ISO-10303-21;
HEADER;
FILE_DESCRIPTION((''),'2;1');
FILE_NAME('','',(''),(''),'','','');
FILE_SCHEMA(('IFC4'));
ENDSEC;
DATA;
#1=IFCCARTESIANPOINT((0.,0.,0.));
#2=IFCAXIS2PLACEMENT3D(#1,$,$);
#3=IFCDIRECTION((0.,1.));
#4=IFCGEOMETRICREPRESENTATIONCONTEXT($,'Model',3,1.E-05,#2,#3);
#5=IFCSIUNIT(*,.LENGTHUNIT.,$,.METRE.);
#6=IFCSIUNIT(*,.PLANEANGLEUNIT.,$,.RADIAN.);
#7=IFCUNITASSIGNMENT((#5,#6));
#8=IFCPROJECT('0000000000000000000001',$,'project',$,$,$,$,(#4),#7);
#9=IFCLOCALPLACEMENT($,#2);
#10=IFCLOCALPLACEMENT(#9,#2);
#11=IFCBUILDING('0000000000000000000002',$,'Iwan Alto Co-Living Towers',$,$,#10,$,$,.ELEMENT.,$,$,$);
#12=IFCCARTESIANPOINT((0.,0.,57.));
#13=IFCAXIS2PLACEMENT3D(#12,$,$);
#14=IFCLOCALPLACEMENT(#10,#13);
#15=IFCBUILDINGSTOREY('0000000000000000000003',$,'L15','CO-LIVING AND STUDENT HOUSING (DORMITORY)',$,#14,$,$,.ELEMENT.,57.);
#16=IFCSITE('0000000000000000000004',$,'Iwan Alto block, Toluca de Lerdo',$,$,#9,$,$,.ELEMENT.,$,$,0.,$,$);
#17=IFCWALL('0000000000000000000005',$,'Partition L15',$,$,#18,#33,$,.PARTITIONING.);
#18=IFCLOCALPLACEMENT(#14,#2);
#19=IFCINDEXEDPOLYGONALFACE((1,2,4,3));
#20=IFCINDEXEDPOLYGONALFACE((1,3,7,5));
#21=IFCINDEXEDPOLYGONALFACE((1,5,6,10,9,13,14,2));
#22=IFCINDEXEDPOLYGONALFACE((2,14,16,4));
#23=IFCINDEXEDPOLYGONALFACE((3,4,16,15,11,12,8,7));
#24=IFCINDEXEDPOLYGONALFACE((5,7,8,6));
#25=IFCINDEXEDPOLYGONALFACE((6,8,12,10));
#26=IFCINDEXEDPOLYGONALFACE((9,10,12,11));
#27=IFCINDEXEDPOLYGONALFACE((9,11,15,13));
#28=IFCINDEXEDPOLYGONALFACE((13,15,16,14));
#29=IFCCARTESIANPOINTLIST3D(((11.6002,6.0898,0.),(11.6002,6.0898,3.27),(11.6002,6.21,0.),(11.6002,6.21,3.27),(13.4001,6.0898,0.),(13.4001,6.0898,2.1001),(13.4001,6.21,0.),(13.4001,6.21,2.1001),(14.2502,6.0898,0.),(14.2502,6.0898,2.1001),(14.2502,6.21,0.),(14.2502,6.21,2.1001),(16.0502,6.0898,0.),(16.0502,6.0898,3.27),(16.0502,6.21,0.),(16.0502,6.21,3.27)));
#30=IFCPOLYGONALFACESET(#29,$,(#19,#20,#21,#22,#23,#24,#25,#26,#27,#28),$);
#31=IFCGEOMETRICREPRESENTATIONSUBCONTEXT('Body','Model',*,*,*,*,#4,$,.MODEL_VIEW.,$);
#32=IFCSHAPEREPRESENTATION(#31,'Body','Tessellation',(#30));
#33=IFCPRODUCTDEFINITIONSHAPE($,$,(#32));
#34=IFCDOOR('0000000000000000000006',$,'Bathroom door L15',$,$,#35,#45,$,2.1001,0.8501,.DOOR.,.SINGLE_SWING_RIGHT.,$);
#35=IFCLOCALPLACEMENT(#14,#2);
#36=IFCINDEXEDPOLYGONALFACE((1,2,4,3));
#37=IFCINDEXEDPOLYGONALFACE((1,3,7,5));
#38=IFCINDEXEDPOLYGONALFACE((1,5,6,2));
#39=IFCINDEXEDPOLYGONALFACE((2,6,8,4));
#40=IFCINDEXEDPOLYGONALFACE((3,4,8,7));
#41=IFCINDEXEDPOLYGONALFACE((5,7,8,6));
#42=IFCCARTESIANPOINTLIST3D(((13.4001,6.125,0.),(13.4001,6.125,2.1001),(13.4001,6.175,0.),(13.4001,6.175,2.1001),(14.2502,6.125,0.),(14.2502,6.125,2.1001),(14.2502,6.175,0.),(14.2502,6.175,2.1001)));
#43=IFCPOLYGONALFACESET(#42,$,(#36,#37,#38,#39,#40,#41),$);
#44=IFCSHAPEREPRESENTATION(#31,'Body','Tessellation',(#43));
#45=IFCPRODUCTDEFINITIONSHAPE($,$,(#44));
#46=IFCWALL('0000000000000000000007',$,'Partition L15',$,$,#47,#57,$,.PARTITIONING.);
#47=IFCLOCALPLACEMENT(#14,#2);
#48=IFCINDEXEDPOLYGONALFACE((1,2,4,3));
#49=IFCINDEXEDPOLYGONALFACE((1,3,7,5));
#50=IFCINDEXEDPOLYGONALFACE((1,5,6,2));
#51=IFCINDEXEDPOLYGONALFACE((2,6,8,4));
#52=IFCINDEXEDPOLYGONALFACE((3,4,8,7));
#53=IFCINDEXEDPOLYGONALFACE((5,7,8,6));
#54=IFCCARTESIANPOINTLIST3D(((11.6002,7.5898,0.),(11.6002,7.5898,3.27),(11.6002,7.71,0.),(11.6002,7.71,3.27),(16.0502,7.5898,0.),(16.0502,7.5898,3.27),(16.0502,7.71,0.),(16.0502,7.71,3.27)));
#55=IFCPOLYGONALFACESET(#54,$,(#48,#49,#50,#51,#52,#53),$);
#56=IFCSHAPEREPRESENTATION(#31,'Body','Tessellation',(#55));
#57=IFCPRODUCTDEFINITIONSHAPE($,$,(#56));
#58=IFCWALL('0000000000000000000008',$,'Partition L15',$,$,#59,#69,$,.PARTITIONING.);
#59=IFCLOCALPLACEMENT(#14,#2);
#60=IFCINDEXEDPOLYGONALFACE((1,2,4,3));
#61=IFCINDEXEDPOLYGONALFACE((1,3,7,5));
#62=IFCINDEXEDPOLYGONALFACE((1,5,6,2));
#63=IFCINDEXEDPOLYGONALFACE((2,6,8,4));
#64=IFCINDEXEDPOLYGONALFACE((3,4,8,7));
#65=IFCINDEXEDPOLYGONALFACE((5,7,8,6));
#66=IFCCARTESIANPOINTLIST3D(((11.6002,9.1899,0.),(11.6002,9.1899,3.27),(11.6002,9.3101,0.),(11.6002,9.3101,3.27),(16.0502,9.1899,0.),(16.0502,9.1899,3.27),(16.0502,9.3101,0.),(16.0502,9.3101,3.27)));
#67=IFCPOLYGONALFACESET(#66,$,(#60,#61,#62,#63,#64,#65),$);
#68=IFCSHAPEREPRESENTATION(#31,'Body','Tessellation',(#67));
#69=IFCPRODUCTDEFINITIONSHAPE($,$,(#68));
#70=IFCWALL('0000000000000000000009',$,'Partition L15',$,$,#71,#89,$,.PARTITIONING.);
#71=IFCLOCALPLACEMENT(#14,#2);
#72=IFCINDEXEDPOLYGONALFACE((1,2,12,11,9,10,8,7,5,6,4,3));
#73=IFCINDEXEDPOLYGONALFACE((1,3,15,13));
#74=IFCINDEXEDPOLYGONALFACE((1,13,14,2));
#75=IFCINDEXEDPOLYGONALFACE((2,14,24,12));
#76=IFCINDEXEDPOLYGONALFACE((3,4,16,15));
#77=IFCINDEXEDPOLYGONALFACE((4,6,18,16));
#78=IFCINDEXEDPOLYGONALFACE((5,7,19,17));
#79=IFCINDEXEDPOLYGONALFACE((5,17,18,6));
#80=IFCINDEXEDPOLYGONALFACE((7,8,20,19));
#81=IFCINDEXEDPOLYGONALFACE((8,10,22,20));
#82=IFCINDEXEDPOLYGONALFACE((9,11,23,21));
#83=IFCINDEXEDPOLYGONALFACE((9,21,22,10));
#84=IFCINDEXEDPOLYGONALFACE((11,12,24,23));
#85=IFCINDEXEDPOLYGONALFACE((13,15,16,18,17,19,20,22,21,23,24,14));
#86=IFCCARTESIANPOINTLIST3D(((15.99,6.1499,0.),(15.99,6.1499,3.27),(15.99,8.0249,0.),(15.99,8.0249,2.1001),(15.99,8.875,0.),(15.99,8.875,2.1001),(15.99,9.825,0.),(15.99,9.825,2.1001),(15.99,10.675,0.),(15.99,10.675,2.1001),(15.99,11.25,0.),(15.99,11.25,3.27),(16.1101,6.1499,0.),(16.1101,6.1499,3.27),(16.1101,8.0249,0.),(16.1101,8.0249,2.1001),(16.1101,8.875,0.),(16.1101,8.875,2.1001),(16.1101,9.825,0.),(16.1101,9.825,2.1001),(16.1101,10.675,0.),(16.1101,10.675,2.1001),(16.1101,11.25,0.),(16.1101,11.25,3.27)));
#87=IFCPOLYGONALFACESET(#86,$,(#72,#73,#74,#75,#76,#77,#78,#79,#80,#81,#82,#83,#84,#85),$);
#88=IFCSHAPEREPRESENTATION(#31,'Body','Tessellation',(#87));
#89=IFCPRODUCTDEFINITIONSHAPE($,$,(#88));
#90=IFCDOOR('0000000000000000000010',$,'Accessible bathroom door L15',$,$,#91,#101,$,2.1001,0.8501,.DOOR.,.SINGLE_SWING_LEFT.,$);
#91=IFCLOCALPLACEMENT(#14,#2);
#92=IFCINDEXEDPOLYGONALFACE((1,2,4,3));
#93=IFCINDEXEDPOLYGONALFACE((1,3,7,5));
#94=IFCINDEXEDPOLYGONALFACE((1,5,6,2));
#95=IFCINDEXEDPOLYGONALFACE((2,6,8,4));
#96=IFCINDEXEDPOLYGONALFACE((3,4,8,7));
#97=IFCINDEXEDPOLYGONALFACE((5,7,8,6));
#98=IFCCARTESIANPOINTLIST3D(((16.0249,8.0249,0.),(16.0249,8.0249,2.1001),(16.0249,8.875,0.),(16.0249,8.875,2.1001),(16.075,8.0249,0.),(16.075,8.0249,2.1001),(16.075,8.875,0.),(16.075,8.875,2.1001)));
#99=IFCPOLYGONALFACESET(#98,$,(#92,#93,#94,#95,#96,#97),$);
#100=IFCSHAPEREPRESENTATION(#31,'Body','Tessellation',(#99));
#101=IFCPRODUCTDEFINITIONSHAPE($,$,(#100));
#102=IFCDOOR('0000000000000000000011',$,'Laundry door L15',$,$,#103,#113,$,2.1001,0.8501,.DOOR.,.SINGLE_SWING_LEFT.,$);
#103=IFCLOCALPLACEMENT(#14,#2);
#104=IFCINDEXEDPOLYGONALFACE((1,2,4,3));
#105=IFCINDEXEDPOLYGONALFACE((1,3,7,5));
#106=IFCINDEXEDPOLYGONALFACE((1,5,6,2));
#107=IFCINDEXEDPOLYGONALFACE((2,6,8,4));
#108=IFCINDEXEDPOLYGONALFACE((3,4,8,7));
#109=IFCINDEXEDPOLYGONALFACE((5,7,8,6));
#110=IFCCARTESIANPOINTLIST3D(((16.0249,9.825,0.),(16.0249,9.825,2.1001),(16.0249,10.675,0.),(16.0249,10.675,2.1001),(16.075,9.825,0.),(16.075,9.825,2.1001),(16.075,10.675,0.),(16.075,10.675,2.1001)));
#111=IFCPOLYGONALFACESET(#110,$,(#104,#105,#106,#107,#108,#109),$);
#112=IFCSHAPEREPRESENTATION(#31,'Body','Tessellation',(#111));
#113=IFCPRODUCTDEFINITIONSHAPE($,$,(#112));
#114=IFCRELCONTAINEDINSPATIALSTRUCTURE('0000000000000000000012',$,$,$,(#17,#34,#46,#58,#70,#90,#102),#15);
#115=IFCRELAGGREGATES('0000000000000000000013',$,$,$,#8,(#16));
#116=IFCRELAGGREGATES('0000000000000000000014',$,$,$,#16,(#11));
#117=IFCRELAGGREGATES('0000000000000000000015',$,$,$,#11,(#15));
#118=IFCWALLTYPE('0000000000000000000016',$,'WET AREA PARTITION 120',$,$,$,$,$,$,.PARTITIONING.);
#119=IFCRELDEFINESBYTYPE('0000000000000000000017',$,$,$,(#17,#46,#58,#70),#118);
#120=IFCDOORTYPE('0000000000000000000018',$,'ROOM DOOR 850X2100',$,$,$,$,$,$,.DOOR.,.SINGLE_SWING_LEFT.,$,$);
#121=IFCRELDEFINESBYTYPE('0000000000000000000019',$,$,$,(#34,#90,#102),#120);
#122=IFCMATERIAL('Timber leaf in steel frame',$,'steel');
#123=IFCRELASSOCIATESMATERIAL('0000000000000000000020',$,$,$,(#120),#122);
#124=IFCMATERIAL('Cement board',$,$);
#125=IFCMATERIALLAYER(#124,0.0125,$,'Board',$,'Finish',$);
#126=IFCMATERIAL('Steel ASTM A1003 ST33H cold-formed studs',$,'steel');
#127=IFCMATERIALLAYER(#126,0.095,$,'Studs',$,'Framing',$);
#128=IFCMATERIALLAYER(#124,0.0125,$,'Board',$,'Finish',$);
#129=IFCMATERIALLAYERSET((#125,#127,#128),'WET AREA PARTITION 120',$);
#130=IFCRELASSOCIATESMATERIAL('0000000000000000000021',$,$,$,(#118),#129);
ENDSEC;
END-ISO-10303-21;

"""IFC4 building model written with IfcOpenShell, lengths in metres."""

from ifc_helpers import new_model, si_unit, direction, frame, frame_2d, origin, place, context, subcontext, project, spatial, rectangle, extrude, material, layer, layer_set, type_object, element, fill, save


model = new_model("IFC4")

# Units and contexts
model_context = context("Model", 3, precision=1e-05, world=origin(), true_north=direction((0.0, 1.0)))
body_context = subcontext(model_context, "Body", "Model", "MODEL_VIEW")
ifc_project = project(units=[si_unit("LENGTHUNIT", "METRE"), si_unit("PLANEANGLEUNIT", "RADIAN")], contexts=[model_context])

# Site, building, storey
site_placement = place(None, origin())
site = spatial("IfcSite", under=ifc_project, at=site_placement, Name="Iwan Alto block, Toluca de Lerdo", CompositionType="ELEMENT", RefElevation=0.0)
building_placement = place(site_placement, origin())
building = spatial("IfcBuilding", under=site, at=building_placement, Name="Iwan Alto Co-Living Towers", CompositionType="ELEMENT")
storey_placement = place(building_placement, frame((0.0, 0.0, 57.0)))
storey = spatial("IfcBuildingStorey", under=building, at=storey_placement, Name="L15", Description="CO-LIVING AND STUDENT HOUSING (DORMITORY)", CompositionType="ELEMENT", Elevation=57.0)

# Shared definitions
ifc_material_1 = material(Name="Steel ASTM A1003 ST33H cold-formed studs", Category="steel")

# Shared definitions
ifc_material_2 = material(Name="Timber leaf in steel frame", Category="steel")
door_type = type_object("IfcDoorType", Name="ROOM DOOR 850X2100", OperationType="SINGLE_SWING_LEFT", PredefinedType="DOOR", material=ifc_material_2)

# Wall, opening, door
ifc_material_3 = material(Name="Cement board")
ifc_layer_1 = layer(ifc_material_3, 0.0125, Name="Board", Category="Finish")
ifc_layer_2 = layer(ifc_material_1, 0.095, Name="Studs", Category="Framing")
ifc_layer_3 = layer(ifc_material_3, 0.0125, Name="Board", Category="Finish")
ifc_layer_set_1 = layer_set([ifc_layer_1, ifc_layer_2, ifc_layer_3], Name="WET AREA PARTITION 120")
wall_type_1 = type_object("IfcWallType", Name="WET AREA PARTITION 120", PredefinedType="PARTITIONING", material=ifc_layer_set_1)
wall_1_placement = place(storey_placement, frame((11.6001, 6.1499, 0.0), z_axis=(0.0, 0.0, 1.0), x_axis=(1.0, 0.0, 0.0)))
wall_1 = element("IfcWall", 1, at=wall_1_placement, inside=storey, type_object=wall_type_1, Name="Partition L15", PredefinedType="PARTITIONING", context=body_context, shape_type="SweptSolid", body=[
    extrude(rectangle(XDim=4.45, YDim=0.1201, at=frame_2d((2.2251, 0.0))), origin(), (0.0, 0.0, 1.0), 3.27),
])
opening_1_placement = place(wall_1_placement, frame((1.8, 0.0, 0.0)))
opening_1 = element("IfcOpeningElement", 2, at=opening_1_placement, cuts=wall_1, PredefinedType="OPENING", context=body_context, shape_type="SweptSolid", body=[
    extrude(rectangle(XDim=0.8501, YDim=2.1001, at=frame_2d((0.425, 1.05))), frame((0.0, 0.0701, 0.0), z_axis=(0.0, -1.0, 0.0), x_axis=(1.0, 0.0, 0.0)), (0.0, 0.0, 1.0), 0.1401),
])
door_1_placement = place(opening_1_placement, frame((0.8501, 0.0, 0.0), z_axis=(0.0, 0.0, 1.0), x_axis=(-1.0, 0.0, 0.0)))
door_1 = element("IfcDoor", 3, at=door_1_placement, inside=storey, type_object=door_type, Name="Bathroom door L15", OperationType="SINGLE_SWING_RIGHT", OverallHeight=2.1001, OverallWidth=0.8501, PredefinedType="DOOR", context=body_context, shape_type="SweptSolid", body=[
    extrude(rectangle(XDim=0.8501, YDim=2.1001, at=frame_2d((0.425, 1.05))), frame((0.0, 0.0249, 0.0), z_axis=(0.0, -1.0, 0.0), x_axis=(1.0, 0.0, 0.0)), (0.0, 0.0, 1.0), 0.05),
])
fill(opening_1, door_1)

# Walls
for number, where, z_axis, x_axis, name in (
    (4, (11.6001, 7.6499, 0.0), (0.0, 0.0, 1.0), (1.0, 0.0, 0.0), "Partition L15"),
    (5, (11.6001, 9.25, 0.0), (0.0, 0.0, 1.0), (1.0, 0.0, 0.0), "Partition L15"),
):
    element("IfcWall", number, at=place(storey_placement, frame(where, z_axis=z_axis, x_axis=x_axis)), inside=storey, type_object=wall_type_1, Name=name, PredefinedType="PARTITIONING", context=body_context, shape_type="SweptSolid", body=[
        extrude(rectangle(XDim=4.45, YDim=0.1201, at=frame_2d((2.2251, 0.0))), origin(), (0.0, 0.0, 1.0), 3.27),
    ])

# Wall, openings, doors
wall_2_placement = place(storey_placement, frame((16.05, 6.1499, 0.0), z_axis=(0.0, 0.0, 1.0), x_axis=(0.0, 1.0, 0.0)))
wall_2 = element("IfcWall", 6, at=wall_2_placement, inside=storey, type_object=wall_type_1, Name="Partition L15", PredefinedType="PARTITIONING", context=body_context, shape_type="SweptSolid", body=[
    extrude(rectangle(XDim=5.1001, YDim=0.1201, at=frame_2d((2.55, 0.0))), origin(), (0.0, 0.0, 1.0), 3.27),
])
opening_2_placement = place(wall_2_placement, frame((1.875, 0.0, 0.0)))
opening_2 = element("IfcOpeningElement", 7, at=opening_2_placement, cuts=wall_2, PredefinedType="OPENING", context=body_context, shape_type="SweptSolid", body=[
    extrude(rectangle(XDim=0.8501, YDim=2.1001, at=frame_2d((0.425, 1.05))), frame((0.0, 0.0701, 0.0), z_axis=(0.0, -1.0, 0.0), x_axis=(1.0, 0.0, 0.0)), (0.0, 0.0, 1.0), 0.1401),
])
opening_3_placement = place(wall_2_placement, frame((3.675, 0.0, 0.0)))
opening_3 = element("IfcOpeningElement", 8, at=opening_3_placement, cuts=wall_2, PredefinedType="OPENING", context=body_context, shape_type="SweptSolid", body=[
    extrude(rectangle(XDim=0.8501, YDim=2.1001, at=frame_2d((0.425, 1.05))), frame((0.0, 0.0701, 0.0), z_axis=(0.0, -1.0, 0.0), x_axis=(1.0, 0.0, 0.0)), (0.0, 0.0, 1.0), 0.1401),
])
door_2_placement = place(opening_2_placement, frame((0.8501, 0.0, 0.0), z_axis=(0.0, 0.0, 1.0), x_axis=(-1.0, 0.0, 0.0)))
door_2 = element("IfcDoor", 9, at=door_2_placement, inside=storey, type_object=door_type, Name="Accessible bathroom door L15", OperationType="SINGLE_SWING_LEFT", OverallHeight=2.1001, OverallWidth=0.8501, PredefinedType="DOOR", context=body_context, shape_type="SweptSolid", body=[
    extrude(rectangle(XDim=0.8501, YDim=2.1001, at=frame_2d((0.425, 1.05))), frame((0.0, 0.0249, 0.0), z_axis=(0.0, -1.0, 0.0), x_axis=(1.0, 0.0, 0.0)), (0.0, 0.0, 1.0), 0.05),
])
fill(opening_2, door_2)
door_3_placement = place(opening_3_placement, frame((0.8501, 0.0, 0.0), z_axis=(0.0, 0.0, 1.0), x_axis=(-1.0, 0.0, 0.0)))
door_3 = element("IfcDoor", 10, at=door_3_placement, inside=storey, type_object=door_type, Name="Laundry door L15", OperationType="SINGLE_SWING_LEFT", OverallHeight=2.1001, OverallWidth=0.8501, PredefinedType="DOOR", context=body_context, shape_type="SweptSolid", body=[
    extrude(rectangle(XDim=0.8501, YDim=2.1001, at=frame_2d((0.425, 1.05))), frame((0.0, 0.0249, 0.0), z_axis=(0.0, -1.0, 0.0), x_axis=(1.0, 0.0, 0.0)), (0.0, 0.0, 1.0), 0.05),
])
fill(opening_3, door_3)

save(model, "model.ifc")
